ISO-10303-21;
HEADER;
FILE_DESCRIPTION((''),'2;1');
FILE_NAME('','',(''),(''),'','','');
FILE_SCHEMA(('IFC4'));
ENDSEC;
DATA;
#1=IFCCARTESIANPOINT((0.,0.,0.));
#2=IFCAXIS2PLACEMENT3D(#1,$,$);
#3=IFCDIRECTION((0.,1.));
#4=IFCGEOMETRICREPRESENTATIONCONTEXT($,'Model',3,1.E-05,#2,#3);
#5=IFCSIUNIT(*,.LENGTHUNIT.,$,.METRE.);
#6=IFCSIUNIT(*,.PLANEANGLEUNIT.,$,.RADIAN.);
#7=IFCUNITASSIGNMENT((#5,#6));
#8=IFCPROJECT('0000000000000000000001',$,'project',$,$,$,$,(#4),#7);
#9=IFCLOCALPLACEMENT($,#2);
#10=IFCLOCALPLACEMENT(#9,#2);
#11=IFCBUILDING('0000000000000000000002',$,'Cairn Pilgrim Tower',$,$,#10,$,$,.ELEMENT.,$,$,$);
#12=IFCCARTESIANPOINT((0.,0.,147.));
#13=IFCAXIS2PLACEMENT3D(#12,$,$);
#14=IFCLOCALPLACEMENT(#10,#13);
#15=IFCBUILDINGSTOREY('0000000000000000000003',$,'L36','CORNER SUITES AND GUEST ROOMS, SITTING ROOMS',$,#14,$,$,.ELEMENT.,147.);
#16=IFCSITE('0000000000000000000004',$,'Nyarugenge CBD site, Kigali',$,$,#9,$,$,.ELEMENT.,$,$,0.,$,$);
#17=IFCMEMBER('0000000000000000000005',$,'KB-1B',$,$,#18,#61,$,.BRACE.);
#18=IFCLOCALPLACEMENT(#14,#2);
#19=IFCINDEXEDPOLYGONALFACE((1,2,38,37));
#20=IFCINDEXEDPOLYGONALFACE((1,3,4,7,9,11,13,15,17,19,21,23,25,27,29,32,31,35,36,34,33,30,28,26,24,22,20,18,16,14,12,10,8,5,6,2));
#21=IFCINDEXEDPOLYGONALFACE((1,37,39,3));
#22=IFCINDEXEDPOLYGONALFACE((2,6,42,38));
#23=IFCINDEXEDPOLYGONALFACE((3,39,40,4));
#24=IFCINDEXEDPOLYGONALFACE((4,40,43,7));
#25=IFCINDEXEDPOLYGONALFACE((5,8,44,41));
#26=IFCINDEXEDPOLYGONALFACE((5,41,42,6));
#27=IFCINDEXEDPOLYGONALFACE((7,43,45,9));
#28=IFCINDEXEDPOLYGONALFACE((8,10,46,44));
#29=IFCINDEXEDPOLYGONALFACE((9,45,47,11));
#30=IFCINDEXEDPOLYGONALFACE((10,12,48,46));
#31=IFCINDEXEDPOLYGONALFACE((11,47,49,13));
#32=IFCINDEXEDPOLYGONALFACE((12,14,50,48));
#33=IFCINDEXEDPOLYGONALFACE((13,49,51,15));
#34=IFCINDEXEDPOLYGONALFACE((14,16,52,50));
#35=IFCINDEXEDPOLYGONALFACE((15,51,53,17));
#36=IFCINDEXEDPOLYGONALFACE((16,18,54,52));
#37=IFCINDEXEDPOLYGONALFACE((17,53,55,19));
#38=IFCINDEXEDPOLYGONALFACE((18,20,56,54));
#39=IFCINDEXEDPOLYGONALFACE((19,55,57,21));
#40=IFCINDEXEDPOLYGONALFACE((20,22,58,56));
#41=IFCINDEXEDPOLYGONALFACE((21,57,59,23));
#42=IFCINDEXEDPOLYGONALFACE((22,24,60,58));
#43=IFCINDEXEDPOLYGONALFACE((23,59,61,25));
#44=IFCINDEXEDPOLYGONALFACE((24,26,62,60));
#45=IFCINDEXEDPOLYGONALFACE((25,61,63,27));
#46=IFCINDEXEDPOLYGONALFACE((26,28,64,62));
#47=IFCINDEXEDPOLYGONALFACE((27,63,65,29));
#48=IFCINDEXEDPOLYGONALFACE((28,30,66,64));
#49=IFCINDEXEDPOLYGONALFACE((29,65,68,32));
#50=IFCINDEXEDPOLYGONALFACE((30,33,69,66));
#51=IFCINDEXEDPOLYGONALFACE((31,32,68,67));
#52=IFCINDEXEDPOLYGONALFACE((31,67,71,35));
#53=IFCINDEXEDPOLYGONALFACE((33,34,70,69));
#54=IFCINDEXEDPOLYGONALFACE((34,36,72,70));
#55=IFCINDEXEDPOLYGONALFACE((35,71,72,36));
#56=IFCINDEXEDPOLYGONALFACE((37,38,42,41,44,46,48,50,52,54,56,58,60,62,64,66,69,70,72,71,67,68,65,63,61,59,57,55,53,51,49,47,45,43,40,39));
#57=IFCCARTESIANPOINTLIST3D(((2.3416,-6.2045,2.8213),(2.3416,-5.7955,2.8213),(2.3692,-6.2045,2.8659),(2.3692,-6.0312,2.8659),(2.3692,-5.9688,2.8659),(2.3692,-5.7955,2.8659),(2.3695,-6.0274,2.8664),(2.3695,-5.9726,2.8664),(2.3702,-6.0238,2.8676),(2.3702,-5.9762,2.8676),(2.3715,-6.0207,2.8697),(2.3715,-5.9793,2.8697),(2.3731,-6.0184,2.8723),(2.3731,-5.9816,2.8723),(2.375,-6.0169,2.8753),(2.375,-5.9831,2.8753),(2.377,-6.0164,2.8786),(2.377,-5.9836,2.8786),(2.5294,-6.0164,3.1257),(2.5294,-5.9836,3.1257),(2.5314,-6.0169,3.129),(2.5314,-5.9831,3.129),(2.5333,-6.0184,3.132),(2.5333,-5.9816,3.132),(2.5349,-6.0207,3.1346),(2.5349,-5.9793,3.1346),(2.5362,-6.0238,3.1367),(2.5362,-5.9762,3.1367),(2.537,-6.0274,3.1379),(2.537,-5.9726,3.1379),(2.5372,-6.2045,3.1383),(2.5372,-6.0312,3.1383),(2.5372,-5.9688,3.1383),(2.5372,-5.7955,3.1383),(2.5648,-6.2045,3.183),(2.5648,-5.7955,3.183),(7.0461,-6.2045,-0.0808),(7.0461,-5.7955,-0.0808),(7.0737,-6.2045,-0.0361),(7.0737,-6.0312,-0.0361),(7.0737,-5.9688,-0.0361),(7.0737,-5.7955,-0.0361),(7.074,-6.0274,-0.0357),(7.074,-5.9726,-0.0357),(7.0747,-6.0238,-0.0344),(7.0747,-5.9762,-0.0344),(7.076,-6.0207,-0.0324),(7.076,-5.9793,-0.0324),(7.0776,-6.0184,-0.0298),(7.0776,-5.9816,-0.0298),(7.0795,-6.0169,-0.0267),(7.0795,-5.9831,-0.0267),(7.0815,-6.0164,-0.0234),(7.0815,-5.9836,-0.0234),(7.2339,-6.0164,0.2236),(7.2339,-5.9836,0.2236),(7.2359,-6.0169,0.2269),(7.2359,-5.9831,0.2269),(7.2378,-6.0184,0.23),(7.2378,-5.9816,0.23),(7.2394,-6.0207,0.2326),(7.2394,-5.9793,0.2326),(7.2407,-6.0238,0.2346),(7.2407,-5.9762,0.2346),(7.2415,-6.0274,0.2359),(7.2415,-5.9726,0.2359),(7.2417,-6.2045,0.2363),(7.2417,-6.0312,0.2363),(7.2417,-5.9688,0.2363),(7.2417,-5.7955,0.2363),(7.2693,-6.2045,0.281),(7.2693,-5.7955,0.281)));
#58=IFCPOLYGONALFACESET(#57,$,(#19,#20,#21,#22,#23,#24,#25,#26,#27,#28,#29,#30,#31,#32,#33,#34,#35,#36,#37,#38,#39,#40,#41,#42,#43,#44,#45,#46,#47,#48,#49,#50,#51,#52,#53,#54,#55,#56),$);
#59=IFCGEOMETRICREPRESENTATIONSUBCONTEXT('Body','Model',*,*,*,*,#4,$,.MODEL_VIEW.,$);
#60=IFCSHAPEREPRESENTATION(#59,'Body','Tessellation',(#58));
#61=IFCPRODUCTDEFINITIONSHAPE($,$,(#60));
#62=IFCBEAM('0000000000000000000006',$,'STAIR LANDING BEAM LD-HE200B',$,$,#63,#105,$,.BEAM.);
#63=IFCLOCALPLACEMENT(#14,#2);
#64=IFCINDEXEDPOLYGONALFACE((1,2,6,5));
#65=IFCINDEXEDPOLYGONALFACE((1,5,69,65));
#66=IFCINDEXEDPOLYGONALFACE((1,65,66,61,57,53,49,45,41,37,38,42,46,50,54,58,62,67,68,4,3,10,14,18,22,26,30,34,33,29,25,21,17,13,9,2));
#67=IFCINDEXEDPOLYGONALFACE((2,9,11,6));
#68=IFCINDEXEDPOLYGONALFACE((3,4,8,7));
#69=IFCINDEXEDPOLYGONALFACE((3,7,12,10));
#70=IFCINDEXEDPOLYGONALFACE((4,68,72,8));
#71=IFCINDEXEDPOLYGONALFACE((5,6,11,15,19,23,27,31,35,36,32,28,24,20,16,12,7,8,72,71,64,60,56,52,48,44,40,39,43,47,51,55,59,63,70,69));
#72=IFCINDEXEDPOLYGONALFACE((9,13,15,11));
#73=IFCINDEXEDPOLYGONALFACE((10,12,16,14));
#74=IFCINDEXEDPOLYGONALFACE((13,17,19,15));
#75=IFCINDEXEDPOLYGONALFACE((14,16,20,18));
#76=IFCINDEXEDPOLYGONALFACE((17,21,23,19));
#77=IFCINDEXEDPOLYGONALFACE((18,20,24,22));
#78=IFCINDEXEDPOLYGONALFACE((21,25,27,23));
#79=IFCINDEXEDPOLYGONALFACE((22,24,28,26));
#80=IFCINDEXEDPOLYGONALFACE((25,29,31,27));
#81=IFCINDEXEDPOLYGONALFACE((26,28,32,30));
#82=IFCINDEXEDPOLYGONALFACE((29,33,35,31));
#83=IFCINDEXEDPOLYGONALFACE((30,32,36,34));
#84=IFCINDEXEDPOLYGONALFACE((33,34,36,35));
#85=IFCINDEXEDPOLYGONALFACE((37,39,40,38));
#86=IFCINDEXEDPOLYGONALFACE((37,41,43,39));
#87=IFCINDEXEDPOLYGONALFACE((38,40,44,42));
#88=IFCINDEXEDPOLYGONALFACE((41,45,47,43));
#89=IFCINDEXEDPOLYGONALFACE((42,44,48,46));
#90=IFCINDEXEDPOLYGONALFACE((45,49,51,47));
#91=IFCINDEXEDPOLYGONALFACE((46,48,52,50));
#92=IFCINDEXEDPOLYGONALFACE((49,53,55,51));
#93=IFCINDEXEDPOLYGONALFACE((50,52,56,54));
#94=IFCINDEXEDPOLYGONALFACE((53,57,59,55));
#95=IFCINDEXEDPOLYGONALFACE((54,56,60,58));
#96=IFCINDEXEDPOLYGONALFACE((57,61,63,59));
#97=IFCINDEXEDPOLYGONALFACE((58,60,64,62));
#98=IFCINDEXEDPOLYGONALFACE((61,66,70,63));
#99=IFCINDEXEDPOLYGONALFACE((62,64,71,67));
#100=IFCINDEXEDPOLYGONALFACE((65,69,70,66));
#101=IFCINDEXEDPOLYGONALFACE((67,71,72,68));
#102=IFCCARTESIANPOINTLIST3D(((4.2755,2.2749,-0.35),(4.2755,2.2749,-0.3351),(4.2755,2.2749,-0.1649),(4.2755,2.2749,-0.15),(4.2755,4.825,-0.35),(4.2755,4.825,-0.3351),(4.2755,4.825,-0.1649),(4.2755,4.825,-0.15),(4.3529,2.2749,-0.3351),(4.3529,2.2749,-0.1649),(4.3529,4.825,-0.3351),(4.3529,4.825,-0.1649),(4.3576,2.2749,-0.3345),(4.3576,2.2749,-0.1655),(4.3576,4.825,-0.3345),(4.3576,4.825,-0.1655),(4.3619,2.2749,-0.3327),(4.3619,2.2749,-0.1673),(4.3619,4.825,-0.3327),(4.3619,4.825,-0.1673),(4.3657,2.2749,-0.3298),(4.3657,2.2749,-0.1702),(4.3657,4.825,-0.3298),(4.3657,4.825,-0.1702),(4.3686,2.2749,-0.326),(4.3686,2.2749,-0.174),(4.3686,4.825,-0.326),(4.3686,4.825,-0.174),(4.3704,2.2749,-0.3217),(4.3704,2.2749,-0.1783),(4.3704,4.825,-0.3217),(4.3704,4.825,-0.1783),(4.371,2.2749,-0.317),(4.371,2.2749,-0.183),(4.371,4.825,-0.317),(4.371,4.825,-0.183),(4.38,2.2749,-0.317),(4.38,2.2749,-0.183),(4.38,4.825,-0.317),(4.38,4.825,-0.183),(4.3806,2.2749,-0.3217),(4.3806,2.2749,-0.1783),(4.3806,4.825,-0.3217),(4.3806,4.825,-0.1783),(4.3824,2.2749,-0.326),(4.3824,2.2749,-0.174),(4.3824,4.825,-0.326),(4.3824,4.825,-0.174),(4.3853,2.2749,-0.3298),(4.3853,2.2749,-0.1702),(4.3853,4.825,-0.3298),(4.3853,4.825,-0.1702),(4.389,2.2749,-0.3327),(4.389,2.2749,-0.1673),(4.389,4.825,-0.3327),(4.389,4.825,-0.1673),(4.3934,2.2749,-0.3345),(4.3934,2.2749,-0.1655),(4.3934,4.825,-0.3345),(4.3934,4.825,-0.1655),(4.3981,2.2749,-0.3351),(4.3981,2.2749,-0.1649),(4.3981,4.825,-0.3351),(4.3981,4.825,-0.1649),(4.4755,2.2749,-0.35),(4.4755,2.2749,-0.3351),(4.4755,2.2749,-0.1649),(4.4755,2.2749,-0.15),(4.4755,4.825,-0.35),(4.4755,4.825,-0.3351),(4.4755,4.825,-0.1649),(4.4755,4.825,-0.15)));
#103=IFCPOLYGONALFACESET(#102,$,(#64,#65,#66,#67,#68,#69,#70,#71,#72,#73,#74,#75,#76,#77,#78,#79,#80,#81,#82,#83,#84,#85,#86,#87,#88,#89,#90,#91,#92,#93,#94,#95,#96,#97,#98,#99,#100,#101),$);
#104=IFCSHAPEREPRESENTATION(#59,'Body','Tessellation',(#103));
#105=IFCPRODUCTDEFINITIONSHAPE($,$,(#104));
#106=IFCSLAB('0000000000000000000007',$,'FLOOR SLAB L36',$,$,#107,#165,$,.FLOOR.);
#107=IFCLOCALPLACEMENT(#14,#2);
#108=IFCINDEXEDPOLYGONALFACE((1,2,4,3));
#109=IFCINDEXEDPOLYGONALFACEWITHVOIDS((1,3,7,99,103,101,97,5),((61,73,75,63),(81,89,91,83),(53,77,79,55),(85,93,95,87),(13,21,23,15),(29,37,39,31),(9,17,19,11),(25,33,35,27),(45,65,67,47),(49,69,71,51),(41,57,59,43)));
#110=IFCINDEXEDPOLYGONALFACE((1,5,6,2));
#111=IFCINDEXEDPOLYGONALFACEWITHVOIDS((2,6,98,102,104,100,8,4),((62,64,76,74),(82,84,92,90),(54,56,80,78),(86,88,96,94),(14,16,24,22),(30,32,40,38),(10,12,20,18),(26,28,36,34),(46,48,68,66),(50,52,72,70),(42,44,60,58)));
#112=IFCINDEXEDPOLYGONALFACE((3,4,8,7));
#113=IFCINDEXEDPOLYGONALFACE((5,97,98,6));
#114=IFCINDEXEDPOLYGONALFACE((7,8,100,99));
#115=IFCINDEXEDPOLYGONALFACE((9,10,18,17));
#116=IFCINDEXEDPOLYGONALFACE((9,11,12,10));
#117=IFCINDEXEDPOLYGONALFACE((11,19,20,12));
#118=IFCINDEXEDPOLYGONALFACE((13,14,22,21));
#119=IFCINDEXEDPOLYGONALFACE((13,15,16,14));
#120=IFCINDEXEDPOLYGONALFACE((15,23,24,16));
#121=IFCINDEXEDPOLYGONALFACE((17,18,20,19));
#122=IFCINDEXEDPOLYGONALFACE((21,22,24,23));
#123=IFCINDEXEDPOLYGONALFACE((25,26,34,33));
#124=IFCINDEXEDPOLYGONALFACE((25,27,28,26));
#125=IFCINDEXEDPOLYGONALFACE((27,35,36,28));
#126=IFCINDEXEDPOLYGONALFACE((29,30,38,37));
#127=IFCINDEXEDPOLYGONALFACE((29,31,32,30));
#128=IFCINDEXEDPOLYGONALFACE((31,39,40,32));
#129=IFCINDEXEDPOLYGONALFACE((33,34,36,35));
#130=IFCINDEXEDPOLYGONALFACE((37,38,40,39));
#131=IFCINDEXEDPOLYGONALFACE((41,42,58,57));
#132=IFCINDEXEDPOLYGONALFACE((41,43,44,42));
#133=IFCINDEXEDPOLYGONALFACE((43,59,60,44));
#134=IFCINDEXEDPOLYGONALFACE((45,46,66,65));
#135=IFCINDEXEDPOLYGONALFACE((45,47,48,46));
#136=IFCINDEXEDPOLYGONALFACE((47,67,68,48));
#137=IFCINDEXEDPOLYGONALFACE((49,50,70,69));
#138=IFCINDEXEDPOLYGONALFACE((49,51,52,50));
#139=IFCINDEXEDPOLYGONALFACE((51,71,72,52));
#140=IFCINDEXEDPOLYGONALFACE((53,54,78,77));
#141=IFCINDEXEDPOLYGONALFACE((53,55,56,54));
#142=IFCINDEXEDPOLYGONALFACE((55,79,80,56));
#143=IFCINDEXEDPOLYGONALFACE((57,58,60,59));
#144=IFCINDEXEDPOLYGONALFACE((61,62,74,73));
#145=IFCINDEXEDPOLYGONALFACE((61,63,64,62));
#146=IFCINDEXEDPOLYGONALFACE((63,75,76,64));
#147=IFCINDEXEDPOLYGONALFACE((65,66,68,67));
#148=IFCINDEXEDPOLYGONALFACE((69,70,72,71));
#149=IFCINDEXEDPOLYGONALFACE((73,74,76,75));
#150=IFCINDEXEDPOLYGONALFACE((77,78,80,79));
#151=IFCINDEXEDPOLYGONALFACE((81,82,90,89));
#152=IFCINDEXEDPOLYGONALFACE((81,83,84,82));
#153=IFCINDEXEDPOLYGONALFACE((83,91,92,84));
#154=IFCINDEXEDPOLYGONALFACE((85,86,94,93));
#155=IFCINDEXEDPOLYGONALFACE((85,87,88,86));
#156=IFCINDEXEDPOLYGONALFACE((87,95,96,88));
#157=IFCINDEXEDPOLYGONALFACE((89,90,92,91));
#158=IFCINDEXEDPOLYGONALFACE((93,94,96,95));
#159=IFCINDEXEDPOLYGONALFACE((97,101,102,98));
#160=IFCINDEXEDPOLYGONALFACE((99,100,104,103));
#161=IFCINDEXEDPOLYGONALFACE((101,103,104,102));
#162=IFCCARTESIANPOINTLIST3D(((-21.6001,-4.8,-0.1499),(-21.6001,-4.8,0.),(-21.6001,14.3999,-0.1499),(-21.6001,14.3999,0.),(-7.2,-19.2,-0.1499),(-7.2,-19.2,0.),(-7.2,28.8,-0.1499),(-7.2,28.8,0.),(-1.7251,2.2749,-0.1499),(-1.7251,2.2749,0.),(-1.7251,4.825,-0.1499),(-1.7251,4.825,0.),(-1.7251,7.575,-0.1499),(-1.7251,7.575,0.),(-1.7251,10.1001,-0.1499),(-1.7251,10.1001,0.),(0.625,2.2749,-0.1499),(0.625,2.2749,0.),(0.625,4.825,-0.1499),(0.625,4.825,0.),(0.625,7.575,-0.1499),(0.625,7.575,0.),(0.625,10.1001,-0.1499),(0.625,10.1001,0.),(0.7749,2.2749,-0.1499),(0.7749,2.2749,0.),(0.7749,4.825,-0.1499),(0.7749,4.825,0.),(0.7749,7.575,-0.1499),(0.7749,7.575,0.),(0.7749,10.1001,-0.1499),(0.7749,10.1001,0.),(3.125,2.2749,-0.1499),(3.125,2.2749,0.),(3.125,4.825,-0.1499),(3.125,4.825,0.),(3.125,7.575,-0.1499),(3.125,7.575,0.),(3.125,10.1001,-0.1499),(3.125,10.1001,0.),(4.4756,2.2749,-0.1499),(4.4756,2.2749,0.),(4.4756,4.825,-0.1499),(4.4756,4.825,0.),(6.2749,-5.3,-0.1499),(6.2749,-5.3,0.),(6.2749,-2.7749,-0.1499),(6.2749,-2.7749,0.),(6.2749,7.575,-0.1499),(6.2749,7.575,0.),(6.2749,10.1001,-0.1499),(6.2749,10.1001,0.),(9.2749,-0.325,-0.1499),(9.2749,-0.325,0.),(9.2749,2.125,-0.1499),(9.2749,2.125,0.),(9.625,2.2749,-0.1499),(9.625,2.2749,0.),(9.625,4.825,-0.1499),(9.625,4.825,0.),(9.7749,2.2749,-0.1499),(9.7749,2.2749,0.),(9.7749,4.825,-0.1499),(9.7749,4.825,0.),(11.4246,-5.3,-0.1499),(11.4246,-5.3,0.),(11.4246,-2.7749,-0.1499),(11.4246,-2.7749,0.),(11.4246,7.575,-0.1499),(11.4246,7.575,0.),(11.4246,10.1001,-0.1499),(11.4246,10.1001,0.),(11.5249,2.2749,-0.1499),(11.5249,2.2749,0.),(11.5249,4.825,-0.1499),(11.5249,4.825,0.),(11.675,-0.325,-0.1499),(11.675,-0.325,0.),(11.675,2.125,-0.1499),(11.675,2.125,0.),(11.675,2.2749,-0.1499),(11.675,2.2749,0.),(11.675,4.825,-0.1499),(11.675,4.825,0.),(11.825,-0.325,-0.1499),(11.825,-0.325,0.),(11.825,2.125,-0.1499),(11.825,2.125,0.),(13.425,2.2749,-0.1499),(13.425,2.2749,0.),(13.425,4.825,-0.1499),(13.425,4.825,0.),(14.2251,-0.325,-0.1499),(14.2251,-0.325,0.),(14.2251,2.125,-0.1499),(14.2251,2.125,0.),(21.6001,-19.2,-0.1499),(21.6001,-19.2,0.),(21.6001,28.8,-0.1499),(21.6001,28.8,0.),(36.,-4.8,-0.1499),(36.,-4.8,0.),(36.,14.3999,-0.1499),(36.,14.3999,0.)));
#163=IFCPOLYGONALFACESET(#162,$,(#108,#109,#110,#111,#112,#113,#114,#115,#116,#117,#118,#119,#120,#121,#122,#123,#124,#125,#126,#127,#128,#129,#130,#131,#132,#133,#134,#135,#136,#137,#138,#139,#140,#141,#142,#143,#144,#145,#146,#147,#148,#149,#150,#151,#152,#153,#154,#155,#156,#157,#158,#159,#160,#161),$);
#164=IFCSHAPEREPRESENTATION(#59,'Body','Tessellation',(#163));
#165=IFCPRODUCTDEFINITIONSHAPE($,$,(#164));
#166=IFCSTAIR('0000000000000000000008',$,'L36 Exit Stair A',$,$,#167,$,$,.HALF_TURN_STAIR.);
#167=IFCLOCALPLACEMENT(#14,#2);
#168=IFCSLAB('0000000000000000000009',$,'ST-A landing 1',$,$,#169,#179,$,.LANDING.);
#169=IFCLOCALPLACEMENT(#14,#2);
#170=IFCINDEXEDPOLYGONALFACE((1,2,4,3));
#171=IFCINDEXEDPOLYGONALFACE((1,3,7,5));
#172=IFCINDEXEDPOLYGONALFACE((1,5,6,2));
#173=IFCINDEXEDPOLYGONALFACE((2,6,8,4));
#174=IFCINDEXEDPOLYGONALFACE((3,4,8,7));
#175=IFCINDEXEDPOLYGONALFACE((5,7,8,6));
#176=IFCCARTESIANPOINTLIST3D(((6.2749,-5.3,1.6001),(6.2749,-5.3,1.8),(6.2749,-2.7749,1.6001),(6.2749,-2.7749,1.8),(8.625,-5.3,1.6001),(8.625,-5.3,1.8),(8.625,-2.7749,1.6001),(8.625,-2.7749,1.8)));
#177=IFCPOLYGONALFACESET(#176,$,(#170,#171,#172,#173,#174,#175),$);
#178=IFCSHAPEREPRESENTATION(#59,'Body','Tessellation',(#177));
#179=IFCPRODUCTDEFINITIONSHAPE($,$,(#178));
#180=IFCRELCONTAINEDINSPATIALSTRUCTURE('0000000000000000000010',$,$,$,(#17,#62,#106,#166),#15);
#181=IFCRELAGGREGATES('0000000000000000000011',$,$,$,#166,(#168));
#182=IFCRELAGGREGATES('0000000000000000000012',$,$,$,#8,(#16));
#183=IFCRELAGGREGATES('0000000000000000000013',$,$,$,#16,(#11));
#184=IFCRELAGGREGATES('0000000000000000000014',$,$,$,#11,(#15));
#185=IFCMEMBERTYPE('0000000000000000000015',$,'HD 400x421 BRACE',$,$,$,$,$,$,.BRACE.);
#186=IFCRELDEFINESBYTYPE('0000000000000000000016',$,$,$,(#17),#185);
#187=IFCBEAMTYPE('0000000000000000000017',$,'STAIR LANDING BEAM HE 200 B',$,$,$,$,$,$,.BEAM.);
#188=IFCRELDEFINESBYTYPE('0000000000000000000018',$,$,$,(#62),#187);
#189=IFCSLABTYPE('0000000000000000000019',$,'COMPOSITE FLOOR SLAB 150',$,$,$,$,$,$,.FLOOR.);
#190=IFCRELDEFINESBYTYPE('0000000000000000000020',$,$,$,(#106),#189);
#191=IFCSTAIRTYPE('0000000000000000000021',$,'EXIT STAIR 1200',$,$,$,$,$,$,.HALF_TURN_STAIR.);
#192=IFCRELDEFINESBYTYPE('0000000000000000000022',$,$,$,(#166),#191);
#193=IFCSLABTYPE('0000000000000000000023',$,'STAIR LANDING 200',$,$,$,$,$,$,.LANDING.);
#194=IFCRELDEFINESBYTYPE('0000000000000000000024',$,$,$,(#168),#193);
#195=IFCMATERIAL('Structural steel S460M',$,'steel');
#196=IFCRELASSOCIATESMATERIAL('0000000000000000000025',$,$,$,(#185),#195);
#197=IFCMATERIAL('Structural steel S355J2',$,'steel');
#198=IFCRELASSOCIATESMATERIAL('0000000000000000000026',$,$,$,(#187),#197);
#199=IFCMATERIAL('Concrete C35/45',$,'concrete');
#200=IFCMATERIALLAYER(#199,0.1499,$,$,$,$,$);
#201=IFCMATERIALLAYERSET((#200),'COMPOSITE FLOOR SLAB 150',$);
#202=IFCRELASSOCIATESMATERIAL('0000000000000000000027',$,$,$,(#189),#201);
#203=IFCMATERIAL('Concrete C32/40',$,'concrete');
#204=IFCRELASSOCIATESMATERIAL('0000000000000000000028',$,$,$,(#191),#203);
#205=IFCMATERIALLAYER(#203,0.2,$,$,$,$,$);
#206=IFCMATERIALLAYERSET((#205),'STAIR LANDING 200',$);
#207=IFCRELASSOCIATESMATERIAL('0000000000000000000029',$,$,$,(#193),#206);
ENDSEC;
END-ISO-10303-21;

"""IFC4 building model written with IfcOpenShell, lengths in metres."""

from ifc_helpers import new_model, si_unit, direction, frame, origin, origin_2d, place, context, subcontext, project, spatial, polyline, i_section, outline, extrude, material, layer, layer_set, material_profile, profile_set, type_object, element, aggregate, save


model = new_model("IFC4")

# Units and contexts
model_context = context("Model", 3, precision=1e-05, world=origin(), true_north=direction((0.0, 1.0)))
body_context = subcontext(model_context, "Body", "Model", "MODEL_VIEW")
ifc_project = project(units=[si_unit("LENGTHUNIT", "METRE"), si_unit("PLANEANGLEUNIT", "RADIAN")], contexts=[model_context])

# Site, building, storey
site_placement = place(None, origin())
site = spatial("IfcSite", under=ifc_project, at=site_placement, Name="Nyarugenge CBD site, Kigali", CompositionType="ELEMENT", RefElevation=0.0)
building_placement = place(site_placement, origin())
building = spatial("IfcBuilding", under=site, at=building_placement, Name="Cairn Pilgrim Tower", CompositionType="ELEMENT")
storey_placement = place(building_placement, frame((0.0, 0.0, 147.0)))
storey = spatial("IfcBuildingStorey", under=building, at=storey_placement, Name="L36", Description="CORNER SUITES AND GUEST ROOMS, SITTING ROOMS", CompositionType="ELEMENT", Elevation=147.0)

# Member
ifc_material_1 = material(Name="Structural steel S460M", Category="steel")
ifc_material_profile_1 = material_profile(ifc_material_1, i_section(OverallWidth=0.4089, OverallDepth=0.425, WebThickness=0.0327, FlangeThickness=0.0525, FilletRadius=0.0149, at=origin_2d()), Name="HD 400x421")
ifc_profile_set_1 = profile_set([ifc_material_profile_1], Name="Structural steel S460M")
member_type = type_object("IfcMemberType", Name="HD 400x421 BRACE", PredefinedType="BRACE", material=ifc_profile_set_1)
member_placement = place(storey_placement, frame((7.1577, -6.0, 0.1001), z_axis=(-0.851095, 0.0, 0.525011), x_axis=(0.0, -1.0, 0.0)))
element("IfcMember", 1, at=member_placement, inside=storey, type_object=member_type, Name="KB-1B", PredefinedType="BRACE", context=body_context, shape_type="SweptSolid", body=[
    extrude(i_section(OverallWidth=0.4089, OverallDepth=0.425, WebThickness=0.0327, FlangeThickness=0.0525, FilletRadius=0.0149, at=origin_2d()), origin(), (0.0, 0.0, 1.0), 5.5276),
])

# Beam
ifc_material_2 = material(Name="Structural steel S355J2", Category="steel")
ifc_material_profile_2 = material_profile(ifc_material_2, i_section(OverallWidth=0.2, OverallDepth=0.2, WebThickness=0.009, FlangeThickness=0.0149, FilletRadius=0.0181, at=origin_2d()), Name="HE 200 B")
ifc_profile_set_2 = profile_set([ifc_material_profile_2], Name="Structural steel S355J2")
beam_type = type_object("IfcBeamType", Name="STAIR LANDING BEAM HE 200 B", PredefinedType="BEAM", material=ifc_profile_set_2)
beam_placement = place(storey_placement, frame((4.3755, 2.2749, -0.25), z_axis=(0.0, 1.0, 0.0), x_axis=(-1.0, 0.0, 0.0)))
element("IfcBeam", 2, at=beam_placement, inside=storey, type_object=beam_type, Name="STAIR LANDING BEAM LD-HE200B", PredefinedType="BEAM", context=body_context, shape_type="SweptSolid", body=[
    extrude(i_section(OverallWidth=0.2, OverallDepth=0.2, WebThickness=0.009, FlangeThickness=0.0149, FilletRadius=0.0181, at=origin_2d()), origin(), (0.0, 0.0, 1.0), 2.55),
])

# Slab
ifc_material_3 = material(Name="Concrete C35/45", Category="concrete")
ifc_layer_1 = layer(ifc_material_3, 0.1499)
ifc_layer_set_1 = layer_set([ifc_layer_1], Name="COMPOSITE FLOOR SLAB 150")
slab_type_1 = type_object("IfcSlabType", Name="COMPOSITE FLOOR SLAB 150", PredefinedType="FLOOR", material=ifc_layer_set_1)
slab_1_placement = place(storey_placement, frame((0.0, 0.0, -0.1499)))
element("IfcSlab", 3, at=slab_1_placement, inside=storey, type_object=slab_type_1, Name="FLOOR SLAB L36", PredefinedType="FLOOR", context=body_context, shape_type="SweptSolid", body=[
    extrude(outline(polyline([(-7.2, -19.2), (21.6001, -19.2), (36.0, -4.8), (36.0, 14.3999), (21.6001, 28.8), (-7.2, 28.8), (-21.6001, 14.3999), (-21.6001, -4.8), (-7.2, -19.2)]), holes=[polyline([(9.2749, -0.325), (11.675, -0.325), (11.675, 2.125), (9.2749, 2.125), (9.2749, -0.325)]), polyline([(11.825, -0.325), (14.2251, -0.325), (14.2251, 2.125), (11.825, 2.125), (11.825, -0.325)]), polyline([(-1.7251, 2.2749), (0.625, 2.2749), (0.625, 4.825), (-1.7251, 4.825), (-1.7251, 2.2749)]), polyline([(0.7749, 2.2749), (3.125, 2.2749), (3.125, 4.825), (0.7749, 4.825), (0.7749, 2.2749)]), polyline([(-1.7251, 7.575), (0.625, 7.575), (0.625, 10.1001), (-1.7251, 10.1001), (-1.7251, 7.575)]), polyline([(0.7749, 7.575), (3.125, 7.575), (3.125, 10.1001), (0.7749, 10.1001), (0.7749, 7.575)]), polyline([(9.7749, 2.2749), (11.5249, 2.2749), (11.5249, 4.825), (9.7749, 4.825), (9.7749, 2.2749)]), polyline([(11.675, 2.2749), (13.425, 2.2749), (13.425, 4.825), (11.675, 4.825), (11.675, 2.2749)]), polyline([(11.4246, -2.7749), (6.2749, -2.7749), (6.2749, -5.3), (11.4246, -5.3), (11.4246, -2.7749)]), polyline([(4.4756, 2.2749), (9.625, 2.2749), (9.625, 4.825), (4.4756, 4.825), (4.4756, 2.2749)]), polyline([(11.4246, 10.1001), (6.2749, 10.1001), (6.2749, 7.575), (11.4246, 7.575), (11.4246, 10.1001)])]), origin(), (0.0, 0.0, 1.0), 0.1499),
])

# Stair, slab
ifc_material_4 = material(Name="Concrete C32/40", Category="concrete")
stair_type = type_object("IfcStairType", Name="EXIT STAIR 1200", PredefinedType="HALF_TURN_STAIR", material=ifc_material_4)
stair_1_placement = place(storey_placement, origin())
stair_1 = element("IfcStair", 4, at=stair_1_placement, inside=storey, type_object=stair_type, Name="L36 Exit Stair A", PredefinedType="HALF_TURN_STAIR")
ifc_layer_2 = layer(ifc_material_4, 0.2)
ifc_layer_set_2 = layer_set([ifc_layer_2], Name="STAIR LANDING 200")
slab_type_2 = type_object("IfcSlabType", Name="STAIR LANDING 200", PredefinedType="LANDING", material=ifc_layer_set_2)
slab_2_placement = place(storey_placement, frame((0.0, 0.0, 1.6001)))
slab_2 = element("IfcSlab", 5, at=slab_2_placement, type_object=slab_type_2, Name="ST-A landing 1", PredefinedType="LANDING", context=body_context, shape_type="SweptSolid", body=[
    extrude(outline(polyline([(8.625, -2.7749), (6.2749, -2.7749), (6.2749, -5.3), (8.625, -5.3), (8.625, -2.7749)])), origin(), (0.0, 0.0, 1.0), 0.2),
])
aggregate(stair_1, [slab_2])

save(model, "model.ifc")
